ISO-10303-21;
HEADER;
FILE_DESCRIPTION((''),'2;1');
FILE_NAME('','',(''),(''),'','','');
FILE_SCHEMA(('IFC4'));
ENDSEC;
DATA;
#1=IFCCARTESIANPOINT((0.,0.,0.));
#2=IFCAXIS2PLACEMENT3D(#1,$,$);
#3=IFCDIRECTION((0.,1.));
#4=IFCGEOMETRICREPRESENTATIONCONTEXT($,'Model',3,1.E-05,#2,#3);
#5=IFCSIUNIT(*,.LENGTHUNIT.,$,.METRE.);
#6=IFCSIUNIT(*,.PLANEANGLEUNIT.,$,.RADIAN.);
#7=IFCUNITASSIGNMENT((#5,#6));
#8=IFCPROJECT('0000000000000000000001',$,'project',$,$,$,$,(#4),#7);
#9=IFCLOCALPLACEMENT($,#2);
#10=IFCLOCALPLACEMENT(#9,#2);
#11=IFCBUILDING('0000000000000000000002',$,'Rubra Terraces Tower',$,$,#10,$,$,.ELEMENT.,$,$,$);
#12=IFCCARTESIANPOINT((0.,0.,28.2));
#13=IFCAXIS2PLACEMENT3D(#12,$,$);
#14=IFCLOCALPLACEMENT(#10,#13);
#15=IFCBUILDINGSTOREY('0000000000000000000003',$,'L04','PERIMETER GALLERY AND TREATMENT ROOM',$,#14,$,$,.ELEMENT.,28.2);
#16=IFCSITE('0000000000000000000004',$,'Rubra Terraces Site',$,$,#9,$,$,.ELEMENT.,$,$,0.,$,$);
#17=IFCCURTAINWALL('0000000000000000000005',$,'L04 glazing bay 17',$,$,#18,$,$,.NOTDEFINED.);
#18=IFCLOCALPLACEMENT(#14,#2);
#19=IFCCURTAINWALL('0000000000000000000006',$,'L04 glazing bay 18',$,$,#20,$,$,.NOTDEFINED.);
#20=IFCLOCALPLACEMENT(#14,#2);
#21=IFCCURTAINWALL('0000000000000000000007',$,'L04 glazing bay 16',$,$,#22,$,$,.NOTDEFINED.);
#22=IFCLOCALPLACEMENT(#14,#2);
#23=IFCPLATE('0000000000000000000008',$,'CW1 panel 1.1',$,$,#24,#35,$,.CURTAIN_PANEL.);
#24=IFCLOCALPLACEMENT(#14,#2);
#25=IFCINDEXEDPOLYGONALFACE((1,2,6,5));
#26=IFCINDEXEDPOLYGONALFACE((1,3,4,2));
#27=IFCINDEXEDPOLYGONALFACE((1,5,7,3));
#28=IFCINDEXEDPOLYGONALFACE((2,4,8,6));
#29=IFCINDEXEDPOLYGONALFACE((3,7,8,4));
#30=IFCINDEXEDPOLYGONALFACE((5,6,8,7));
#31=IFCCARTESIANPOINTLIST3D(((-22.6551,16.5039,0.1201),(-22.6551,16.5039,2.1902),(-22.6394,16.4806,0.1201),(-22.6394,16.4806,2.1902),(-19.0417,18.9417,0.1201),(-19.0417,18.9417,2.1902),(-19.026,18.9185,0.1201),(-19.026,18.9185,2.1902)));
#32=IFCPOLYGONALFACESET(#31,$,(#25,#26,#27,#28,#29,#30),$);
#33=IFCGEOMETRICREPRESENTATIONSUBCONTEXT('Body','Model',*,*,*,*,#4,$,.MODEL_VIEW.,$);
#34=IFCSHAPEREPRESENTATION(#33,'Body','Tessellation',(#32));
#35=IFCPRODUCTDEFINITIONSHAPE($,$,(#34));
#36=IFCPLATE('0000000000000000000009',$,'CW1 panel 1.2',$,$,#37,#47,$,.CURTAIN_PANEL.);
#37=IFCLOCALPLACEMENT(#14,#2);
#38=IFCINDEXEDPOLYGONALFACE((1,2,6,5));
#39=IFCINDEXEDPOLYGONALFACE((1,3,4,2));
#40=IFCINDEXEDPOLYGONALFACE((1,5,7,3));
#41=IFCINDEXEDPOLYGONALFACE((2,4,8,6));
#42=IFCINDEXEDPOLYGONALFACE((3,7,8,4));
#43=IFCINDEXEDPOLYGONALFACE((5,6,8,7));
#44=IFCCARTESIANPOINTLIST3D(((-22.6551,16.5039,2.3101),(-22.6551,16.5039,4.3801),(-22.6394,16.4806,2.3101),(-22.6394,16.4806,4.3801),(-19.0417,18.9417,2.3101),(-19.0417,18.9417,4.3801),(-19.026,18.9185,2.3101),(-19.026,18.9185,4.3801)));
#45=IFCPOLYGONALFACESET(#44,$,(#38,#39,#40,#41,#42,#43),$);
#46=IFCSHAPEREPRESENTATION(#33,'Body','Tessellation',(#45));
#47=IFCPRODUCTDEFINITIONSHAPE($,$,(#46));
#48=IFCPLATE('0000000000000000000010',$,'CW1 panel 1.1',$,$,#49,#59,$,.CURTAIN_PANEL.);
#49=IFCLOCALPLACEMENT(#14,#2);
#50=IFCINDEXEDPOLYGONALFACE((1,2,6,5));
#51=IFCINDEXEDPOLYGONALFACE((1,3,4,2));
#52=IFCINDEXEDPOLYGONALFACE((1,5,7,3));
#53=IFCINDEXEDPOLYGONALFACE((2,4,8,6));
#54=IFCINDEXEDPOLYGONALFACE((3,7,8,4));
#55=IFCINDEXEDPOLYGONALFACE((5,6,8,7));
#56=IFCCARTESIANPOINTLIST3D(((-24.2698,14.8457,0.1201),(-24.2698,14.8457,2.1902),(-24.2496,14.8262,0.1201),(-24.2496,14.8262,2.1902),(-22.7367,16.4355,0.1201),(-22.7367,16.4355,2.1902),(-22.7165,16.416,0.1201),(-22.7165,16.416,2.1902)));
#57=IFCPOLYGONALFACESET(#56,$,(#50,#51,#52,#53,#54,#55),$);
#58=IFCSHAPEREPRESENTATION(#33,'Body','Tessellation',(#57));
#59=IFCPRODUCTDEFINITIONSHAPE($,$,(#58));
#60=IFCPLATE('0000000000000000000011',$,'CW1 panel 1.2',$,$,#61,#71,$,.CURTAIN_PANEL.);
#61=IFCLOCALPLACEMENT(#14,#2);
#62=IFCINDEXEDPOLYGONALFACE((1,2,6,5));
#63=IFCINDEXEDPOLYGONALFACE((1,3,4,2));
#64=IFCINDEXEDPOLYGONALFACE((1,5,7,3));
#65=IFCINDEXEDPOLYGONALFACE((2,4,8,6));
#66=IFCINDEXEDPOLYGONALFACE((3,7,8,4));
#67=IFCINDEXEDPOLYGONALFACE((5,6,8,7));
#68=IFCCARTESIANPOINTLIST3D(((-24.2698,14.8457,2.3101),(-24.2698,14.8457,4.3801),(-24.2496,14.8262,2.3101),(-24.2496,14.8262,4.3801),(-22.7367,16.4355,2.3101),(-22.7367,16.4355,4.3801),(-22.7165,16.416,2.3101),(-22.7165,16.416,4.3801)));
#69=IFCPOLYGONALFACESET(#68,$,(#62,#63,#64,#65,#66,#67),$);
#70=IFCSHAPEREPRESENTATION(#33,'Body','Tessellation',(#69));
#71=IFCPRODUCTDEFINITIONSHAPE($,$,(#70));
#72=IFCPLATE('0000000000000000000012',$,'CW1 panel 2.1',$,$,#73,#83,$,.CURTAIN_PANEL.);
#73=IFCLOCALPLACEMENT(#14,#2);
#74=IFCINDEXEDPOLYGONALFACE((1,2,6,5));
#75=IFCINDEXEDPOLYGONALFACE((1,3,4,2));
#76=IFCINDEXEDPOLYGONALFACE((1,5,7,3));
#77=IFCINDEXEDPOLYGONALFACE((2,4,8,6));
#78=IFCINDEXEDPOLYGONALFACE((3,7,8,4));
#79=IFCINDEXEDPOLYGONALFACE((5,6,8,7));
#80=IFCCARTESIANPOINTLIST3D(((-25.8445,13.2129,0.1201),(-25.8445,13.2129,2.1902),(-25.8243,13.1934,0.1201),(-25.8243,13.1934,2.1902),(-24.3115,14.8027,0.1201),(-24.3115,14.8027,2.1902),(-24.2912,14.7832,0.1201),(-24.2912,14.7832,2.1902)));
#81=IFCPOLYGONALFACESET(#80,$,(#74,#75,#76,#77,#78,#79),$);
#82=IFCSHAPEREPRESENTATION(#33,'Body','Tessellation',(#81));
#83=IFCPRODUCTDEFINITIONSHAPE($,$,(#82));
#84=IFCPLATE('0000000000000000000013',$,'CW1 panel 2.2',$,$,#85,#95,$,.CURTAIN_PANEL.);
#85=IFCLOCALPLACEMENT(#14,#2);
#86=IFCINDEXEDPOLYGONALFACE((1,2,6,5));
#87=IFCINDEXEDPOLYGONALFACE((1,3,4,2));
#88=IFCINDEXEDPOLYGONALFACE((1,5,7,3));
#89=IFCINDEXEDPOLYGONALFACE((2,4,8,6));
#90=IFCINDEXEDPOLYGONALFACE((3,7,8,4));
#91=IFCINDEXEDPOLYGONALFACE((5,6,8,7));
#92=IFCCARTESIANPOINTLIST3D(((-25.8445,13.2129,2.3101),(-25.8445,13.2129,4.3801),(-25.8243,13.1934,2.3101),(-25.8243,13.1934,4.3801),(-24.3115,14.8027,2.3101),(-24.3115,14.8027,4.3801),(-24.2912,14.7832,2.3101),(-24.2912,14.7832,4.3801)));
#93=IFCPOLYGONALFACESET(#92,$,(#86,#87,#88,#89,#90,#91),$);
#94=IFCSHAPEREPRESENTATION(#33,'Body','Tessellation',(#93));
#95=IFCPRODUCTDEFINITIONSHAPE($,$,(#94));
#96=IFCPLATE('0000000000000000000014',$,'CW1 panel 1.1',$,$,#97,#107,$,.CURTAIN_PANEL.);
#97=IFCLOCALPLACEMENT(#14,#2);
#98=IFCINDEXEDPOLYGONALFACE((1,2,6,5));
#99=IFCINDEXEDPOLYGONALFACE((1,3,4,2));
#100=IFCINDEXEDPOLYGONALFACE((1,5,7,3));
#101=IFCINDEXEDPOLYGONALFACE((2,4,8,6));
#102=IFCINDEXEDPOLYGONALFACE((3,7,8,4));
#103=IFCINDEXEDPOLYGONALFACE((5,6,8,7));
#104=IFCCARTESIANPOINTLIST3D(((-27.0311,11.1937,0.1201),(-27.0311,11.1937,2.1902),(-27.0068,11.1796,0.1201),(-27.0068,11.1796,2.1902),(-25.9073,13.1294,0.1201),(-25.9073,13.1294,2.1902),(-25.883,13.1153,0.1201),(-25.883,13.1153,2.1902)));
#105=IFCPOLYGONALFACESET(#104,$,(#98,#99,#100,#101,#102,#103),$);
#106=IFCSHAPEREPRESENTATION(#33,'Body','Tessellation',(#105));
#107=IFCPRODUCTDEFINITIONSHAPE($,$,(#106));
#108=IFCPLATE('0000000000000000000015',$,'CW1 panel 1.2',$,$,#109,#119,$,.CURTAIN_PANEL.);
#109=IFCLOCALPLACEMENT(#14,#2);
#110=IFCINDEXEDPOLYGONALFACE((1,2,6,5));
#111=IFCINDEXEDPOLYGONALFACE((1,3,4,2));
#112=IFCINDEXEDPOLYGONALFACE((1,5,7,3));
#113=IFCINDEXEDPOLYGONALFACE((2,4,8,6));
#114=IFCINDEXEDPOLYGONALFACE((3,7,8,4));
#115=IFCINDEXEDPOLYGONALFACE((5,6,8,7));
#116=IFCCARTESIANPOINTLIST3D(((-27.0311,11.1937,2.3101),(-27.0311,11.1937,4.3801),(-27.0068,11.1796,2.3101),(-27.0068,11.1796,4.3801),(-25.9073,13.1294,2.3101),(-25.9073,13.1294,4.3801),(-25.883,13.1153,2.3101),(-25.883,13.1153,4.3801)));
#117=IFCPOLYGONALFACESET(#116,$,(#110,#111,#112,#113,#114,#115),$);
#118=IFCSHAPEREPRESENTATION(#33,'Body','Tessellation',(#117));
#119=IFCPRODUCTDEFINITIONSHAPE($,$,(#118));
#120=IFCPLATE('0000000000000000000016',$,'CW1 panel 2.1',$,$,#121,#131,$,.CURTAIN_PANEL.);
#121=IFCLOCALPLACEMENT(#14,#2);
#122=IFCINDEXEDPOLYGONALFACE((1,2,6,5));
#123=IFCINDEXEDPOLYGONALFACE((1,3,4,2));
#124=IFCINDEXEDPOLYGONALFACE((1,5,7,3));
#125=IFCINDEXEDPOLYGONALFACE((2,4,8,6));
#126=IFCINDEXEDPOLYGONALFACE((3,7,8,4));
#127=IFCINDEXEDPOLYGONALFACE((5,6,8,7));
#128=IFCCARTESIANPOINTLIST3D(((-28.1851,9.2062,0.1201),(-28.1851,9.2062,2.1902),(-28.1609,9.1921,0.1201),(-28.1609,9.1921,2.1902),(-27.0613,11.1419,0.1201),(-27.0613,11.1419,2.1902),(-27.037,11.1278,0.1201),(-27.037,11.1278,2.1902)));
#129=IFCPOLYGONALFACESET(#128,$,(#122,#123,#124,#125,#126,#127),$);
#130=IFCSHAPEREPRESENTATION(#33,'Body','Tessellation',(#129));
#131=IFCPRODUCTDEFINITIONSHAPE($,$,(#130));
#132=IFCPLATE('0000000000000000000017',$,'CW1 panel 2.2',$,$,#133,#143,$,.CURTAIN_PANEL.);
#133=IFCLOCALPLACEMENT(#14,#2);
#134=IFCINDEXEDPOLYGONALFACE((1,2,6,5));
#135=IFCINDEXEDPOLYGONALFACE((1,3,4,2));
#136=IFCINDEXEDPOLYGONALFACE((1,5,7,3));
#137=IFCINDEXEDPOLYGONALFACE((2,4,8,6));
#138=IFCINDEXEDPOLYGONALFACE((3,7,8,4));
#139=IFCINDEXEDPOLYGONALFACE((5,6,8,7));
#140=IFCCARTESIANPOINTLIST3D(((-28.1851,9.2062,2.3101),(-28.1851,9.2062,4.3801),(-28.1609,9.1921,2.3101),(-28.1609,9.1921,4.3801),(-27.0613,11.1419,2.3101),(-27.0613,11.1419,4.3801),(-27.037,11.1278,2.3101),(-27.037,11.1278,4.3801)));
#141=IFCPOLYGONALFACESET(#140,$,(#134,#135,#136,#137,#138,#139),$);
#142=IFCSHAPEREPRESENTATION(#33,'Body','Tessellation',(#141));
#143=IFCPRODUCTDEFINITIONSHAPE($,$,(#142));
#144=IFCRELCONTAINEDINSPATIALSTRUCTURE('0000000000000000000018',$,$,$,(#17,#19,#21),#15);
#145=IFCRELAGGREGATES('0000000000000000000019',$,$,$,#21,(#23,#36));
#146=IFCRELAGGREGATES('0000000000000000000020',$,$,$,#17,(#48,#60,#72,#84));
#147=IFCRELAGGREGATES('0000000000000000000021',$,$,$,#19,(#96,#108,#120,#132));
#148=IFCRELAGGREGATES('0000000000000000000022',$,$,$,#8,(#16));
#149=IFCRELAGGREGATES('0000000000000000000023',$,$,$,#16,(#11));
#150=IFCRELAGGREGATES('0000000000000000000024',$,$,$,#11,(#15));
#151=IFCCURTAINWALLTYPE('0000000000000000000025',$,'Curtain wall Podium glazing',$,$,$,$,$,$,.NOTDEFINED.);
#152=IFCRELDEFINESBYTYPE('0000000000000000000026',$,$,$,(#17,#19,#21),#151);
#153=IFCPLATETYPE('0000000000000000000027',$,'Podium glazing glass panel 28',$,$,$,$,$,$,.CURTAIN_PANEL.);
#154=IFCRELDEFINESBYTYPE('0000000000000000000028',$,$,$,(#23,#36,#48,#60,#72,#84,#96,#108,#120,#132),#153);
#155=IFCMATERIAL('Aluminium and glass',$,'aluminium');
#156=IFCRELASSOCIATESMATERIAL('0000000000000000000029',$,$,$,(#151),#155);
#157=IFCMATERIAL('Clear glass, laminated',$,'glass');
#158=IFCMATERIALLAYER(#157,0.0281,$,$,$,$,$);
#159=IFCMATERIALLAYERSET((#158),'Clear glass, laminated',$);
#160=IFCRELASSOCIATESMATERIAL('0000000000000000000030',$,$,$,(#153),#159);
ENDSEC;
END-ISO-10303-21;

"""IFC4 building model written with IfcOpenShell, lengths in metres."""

from ifc_helpers import new_model, si_unit, direction, frame, origin, origin_2d, place, context, subcontext, project, spatial, rectangle, extrude, material, layer, layer_set, type_object, element, aggregate, save


model = new_model("IFC4")

# Units and contexts
model_context = context("Model", 3, precision=1e-05, world=origin(), true_north=direction((0.0, 1.0)))
body_context = subcontext(model_context, "Body", "Model", "MODEL_VIEW")
ifc_project = project(units=[si_unit("LENGTHUNIT", "METRE"), si_unit("PLANEANGLEUNIT", "RADIAN")], contexts=[model_context])

# Site, building, storey
site_placement = place(None, origin())
site = spatial("IfcSite", under=ifc_project, at=site_placement, Name="Rubra Terraces Site", CompositionType="ELEMENT", RefElevation=0.0)
building_placement = place(site_placement, origin())
building = spatial("IfcBuilding", under=site, at=building_placement, Name="Rubra Terraces Tower", CompositionType="ELEMENT")
storey_placement = place(building_placement, frame((0.0, 0.0, 28.2)))
storey = spatial("IfcBuildingStorey", under=building, at=storey_placement, Name="L04", Description="PERIMETER GALLERY AND TREATMENT ROOM", CompositionType="ELEMENT", Elevation=28.2)

# Curtain walls
ifc_material_1 = material(Name="Aluminium and glass", Category="aluminium")
curtain_wall_type = type_object("IfcCurtainWallType", Name="Curtain wall Podium glazing", PredefinedType="NOTDEFINED", material=ifc_material_1)
curtain_wall_1_placement = place(storey_placement, origin())
curtain_wall_1 = element("IfcCurtainWall", 1, at=curtain_wall_1_placement, inside=storey, type_object=curtain_wall_type, Name="L04 glazing bay 17", PredefinedType="NOTDEFINED")
curtain_wall_2_placement = place(storey_placement, origin())
curtain_wall_2 = element("IfcCurtainWall", 2, at=curtain_wall_2_placement, inside=storey, type_object=curtain_wall_type, Name="L04 glazing bay 18", PredefinedType="NOTDEFINED")

# Curtain wall, plates
curtain_wall_3_placement = place(storey_placement, origin())
curtain_wall_3 = element("IfcCurtainWall", 3, at=curtain_wall_3_placement, inside=storey, type_object=curtain_wall_type, Name="L04 glazing bay 16", PredefinedType="NOTDEFINED")
ifc_material_2 = material(Name="Clear glass, laminated", Category="glass")
ifc_layer = layer(ifc_material_2, 0.0281)
ifc_layer_set = layer_set([ifc_layer], Name="Clear glass, laminated")
plate_type = type_object("IfcPlateType", Name="Podium glazing glass panel 28", PredefinedType="CURTAIN_PANEL", material=ifc_layer_set)
plate_1_placement = place(storey_placement, frame((-20.8406, 17.7112, 0.1201), z_axis=(0.0, 0.0, 1.0), x_axis=(-0.828981, -0.559277, 0.0)))
plate_1 = element("IfcPlate", 4, at=plate_1_placement, type_object=plate_type, Name="CW1 panel 1.1", PredefinedType="CURTAIN_PANEL", context=body_context, shape_type="SweptSolid", body=[
    extrude(rectangle(XDim=4.3589, YDim=0.0281, at=origin_2d()), origin(), (0.0, 0.0, 1.0), 2.0701),
])
plate_2_placement = place(storey_placement, frame((-20.8406, 17.7112, 2.3101), z_axis=(0.0, 0.0, 1.0), x_axis=(-0.828981, -0.559277, 0.0)))
plate_2 = element("IfcPlate", 5, at=plate_2_placement, type_object=plate_type, Name="CW1 panel 1.2", PredefinedType="CURTAIN_PANEL", context=body_context, shape_type="SweptSolid", body=[
    extrude(rectangle(XDim=4.3589, YDim=0.0281, at=origin_2d()), origin(), (0.0, 0.0, 1.0), 2.0701),
])
aggregate(curtain_wall_3, [plate_1, plate_2])

# Plates
plate_3_placement = place(storey_placement, frame((-23.4932, 15.6309, 0.1201), z_axis=(0.0, 0.0, 1.0), x_axis=(-0.694156, -0.719825, 0.0)))
plate_3 = element("IfcPlate", 6, at=plate_3_placement, type_object=plate_type, Name="CW1 panel 1.1", PredefinedType="CURTAIN_PANEL", context=body_context, shape_type="SweptSolid", body=[
    extrude(rectangle(XDim=2.2085, YDim=0.0281, at=origin_2d()), origin(), (0.0, 0.0, 1.0), 2.0701),
])
plate_4_placement = place(storey_placement, frame((-23.4932, 15.6309, 2.3101), z_axis=(0.0, 0.0, 1.0), x_axis=(-0.694156, -0.719825, 0.0)))
plate_4 = element("IfcPlate", 7, at=plate_4_placement, type_object=plate_type, Name="CW1 panel 1.2", PredefinedType="CURTAIN_PANEL", context=body_context, shape_type="SweptSolid", body=[
    extrude(rectangle(XDim=2.2085, YDim=0.0281, at=origin_2d()), origin(), (0.0, 0.0, 1.0), 2.0701),
])
plate_5_placement = place(storey_placement, frame((-25.0679, 13.998, 0.1201), z_axis=(0.0, 0.0, 1.0), x_axis=(-0.694156, -0.719825, 0.0)))
plate_5 = element("IfcPlate", 8, at=plate_5_placement, type_object=plate_type, Name="CW1 panel 2.1", PredefinedType="CURTAIN_PANEL", context=body_context, shape_type="SweptSolid", body=[
    extrude(rectangle(XDim=2.2085, YDim=0.0281, at=origin_2d()), origin(), (0.0, 0.0, 1.0), 2.0701),
])
plate_6_placement = place(storey_placement, frame((-25.0679, 13.998, 2.3101), z_axis=(0.0, 0.0, 1.0), x_axis=(-0.694156, -0.719825, 0.0)))
plate_6 = element("IfcPlate", 9, at=plate_6_placement, type_object=plate_type, Name="CW1 panel 2.2", PredefinedType="CURTAIN_PANEL", context=body_context, shape_type="SweptSolid", body=[
    extrude(rectangle(XDim=2.2085, YDim=0.0281, at=origin_2d()), origin(), (0.0, 0.0, 1.0), 2.0701),
])
aggregate(curtain_wall_1, [plate_3, plate_4, plate_5, plate_6])
plate_7_placement = place(storey_placement, frame((-26.457, 12.1545, 0.1201), z_axis=(0.0, 0.0, 1.0), x_axis=(-0.502094, -0.864813, 0.0)))
plate_7 = element("IfcPlate", 10, at=plate_7_placement, type_object=plate_type, Name="CW1 panel 1.1", PredefinedType="CURTAIN_PANEL", context=body_context, shape_type="SweptSolid", body=[
    extrude(rectangle(XDim=2.2383, YDim=0.0281, at=origin_2d()), origin(), (0.0, 0.0, 1.0), 2.0701),
])
plate_8_placement = place(storey_placement, frame((-26.457, 12.1545, 2.3101), z_axis=(0.0, 0.0, 1.0), x_axis=(-0.502094, -0.864813, 0.0)))
plate_8 = element("IfcPlate", 11, at=plate_8_placement, type_object=plate_type, Name="CW1 panel 1.2", PredefinedType="CURTAIN_PANEL", context=body_context, shape_type="SweptSolid", body=[
    extrude(rectangle(XDim=2.2383, YDim=0.0281, at=origin_2d()), origin(), (0.0, 0.0, 1.0), 2.0701),
])
plate_9_placement = place(storey_placement, frame((-27.6111, 10.167, 0.1201), z_axis=(0.0, 0.0, 1.0), x_axis=(-0.502094, -0.864813, 0.0)))
plate_9 = element("IfcPlate", 12, at=plate_9_placement, type_object=plate_type, Name="CW1 panel 2.1", PredefinedType="CURTAIN_PANEL", context=body_context, shape_type="SweptSolid", body=[
    extrude(rectangle(XDim=2.2383, YDim=0.0281, at=origin_2d()), origin(), (0.0, 0.0, 1.0), 2.0701),
])
plate_10_placement = place(storey_placement, frame((-27.6111, 10.167, 2.3101), z_axis=(0.0, 0.0, 1.0), x_axis=(-0.502094, -0.864813, 0.0)))
plate_10 = element("IfcPlate", 13, at=plate_10_placement, type_object=plate_type, Name="CW1 panel 2.2", PredefinedType="CURTAIN_PANEL", context=body_context, shape_type="SweptSolid", body=[
    extrude(rectangle(XDim=2.2383, YDim=0.0281, at=origin_2d()), origin(), (0.0, 0.0, 1.0), 2.0701),
])
aggregate(curtain_wall_2, [plate_7, plate_8, plate_9, plate_10])

save(model, "model.ifc")
